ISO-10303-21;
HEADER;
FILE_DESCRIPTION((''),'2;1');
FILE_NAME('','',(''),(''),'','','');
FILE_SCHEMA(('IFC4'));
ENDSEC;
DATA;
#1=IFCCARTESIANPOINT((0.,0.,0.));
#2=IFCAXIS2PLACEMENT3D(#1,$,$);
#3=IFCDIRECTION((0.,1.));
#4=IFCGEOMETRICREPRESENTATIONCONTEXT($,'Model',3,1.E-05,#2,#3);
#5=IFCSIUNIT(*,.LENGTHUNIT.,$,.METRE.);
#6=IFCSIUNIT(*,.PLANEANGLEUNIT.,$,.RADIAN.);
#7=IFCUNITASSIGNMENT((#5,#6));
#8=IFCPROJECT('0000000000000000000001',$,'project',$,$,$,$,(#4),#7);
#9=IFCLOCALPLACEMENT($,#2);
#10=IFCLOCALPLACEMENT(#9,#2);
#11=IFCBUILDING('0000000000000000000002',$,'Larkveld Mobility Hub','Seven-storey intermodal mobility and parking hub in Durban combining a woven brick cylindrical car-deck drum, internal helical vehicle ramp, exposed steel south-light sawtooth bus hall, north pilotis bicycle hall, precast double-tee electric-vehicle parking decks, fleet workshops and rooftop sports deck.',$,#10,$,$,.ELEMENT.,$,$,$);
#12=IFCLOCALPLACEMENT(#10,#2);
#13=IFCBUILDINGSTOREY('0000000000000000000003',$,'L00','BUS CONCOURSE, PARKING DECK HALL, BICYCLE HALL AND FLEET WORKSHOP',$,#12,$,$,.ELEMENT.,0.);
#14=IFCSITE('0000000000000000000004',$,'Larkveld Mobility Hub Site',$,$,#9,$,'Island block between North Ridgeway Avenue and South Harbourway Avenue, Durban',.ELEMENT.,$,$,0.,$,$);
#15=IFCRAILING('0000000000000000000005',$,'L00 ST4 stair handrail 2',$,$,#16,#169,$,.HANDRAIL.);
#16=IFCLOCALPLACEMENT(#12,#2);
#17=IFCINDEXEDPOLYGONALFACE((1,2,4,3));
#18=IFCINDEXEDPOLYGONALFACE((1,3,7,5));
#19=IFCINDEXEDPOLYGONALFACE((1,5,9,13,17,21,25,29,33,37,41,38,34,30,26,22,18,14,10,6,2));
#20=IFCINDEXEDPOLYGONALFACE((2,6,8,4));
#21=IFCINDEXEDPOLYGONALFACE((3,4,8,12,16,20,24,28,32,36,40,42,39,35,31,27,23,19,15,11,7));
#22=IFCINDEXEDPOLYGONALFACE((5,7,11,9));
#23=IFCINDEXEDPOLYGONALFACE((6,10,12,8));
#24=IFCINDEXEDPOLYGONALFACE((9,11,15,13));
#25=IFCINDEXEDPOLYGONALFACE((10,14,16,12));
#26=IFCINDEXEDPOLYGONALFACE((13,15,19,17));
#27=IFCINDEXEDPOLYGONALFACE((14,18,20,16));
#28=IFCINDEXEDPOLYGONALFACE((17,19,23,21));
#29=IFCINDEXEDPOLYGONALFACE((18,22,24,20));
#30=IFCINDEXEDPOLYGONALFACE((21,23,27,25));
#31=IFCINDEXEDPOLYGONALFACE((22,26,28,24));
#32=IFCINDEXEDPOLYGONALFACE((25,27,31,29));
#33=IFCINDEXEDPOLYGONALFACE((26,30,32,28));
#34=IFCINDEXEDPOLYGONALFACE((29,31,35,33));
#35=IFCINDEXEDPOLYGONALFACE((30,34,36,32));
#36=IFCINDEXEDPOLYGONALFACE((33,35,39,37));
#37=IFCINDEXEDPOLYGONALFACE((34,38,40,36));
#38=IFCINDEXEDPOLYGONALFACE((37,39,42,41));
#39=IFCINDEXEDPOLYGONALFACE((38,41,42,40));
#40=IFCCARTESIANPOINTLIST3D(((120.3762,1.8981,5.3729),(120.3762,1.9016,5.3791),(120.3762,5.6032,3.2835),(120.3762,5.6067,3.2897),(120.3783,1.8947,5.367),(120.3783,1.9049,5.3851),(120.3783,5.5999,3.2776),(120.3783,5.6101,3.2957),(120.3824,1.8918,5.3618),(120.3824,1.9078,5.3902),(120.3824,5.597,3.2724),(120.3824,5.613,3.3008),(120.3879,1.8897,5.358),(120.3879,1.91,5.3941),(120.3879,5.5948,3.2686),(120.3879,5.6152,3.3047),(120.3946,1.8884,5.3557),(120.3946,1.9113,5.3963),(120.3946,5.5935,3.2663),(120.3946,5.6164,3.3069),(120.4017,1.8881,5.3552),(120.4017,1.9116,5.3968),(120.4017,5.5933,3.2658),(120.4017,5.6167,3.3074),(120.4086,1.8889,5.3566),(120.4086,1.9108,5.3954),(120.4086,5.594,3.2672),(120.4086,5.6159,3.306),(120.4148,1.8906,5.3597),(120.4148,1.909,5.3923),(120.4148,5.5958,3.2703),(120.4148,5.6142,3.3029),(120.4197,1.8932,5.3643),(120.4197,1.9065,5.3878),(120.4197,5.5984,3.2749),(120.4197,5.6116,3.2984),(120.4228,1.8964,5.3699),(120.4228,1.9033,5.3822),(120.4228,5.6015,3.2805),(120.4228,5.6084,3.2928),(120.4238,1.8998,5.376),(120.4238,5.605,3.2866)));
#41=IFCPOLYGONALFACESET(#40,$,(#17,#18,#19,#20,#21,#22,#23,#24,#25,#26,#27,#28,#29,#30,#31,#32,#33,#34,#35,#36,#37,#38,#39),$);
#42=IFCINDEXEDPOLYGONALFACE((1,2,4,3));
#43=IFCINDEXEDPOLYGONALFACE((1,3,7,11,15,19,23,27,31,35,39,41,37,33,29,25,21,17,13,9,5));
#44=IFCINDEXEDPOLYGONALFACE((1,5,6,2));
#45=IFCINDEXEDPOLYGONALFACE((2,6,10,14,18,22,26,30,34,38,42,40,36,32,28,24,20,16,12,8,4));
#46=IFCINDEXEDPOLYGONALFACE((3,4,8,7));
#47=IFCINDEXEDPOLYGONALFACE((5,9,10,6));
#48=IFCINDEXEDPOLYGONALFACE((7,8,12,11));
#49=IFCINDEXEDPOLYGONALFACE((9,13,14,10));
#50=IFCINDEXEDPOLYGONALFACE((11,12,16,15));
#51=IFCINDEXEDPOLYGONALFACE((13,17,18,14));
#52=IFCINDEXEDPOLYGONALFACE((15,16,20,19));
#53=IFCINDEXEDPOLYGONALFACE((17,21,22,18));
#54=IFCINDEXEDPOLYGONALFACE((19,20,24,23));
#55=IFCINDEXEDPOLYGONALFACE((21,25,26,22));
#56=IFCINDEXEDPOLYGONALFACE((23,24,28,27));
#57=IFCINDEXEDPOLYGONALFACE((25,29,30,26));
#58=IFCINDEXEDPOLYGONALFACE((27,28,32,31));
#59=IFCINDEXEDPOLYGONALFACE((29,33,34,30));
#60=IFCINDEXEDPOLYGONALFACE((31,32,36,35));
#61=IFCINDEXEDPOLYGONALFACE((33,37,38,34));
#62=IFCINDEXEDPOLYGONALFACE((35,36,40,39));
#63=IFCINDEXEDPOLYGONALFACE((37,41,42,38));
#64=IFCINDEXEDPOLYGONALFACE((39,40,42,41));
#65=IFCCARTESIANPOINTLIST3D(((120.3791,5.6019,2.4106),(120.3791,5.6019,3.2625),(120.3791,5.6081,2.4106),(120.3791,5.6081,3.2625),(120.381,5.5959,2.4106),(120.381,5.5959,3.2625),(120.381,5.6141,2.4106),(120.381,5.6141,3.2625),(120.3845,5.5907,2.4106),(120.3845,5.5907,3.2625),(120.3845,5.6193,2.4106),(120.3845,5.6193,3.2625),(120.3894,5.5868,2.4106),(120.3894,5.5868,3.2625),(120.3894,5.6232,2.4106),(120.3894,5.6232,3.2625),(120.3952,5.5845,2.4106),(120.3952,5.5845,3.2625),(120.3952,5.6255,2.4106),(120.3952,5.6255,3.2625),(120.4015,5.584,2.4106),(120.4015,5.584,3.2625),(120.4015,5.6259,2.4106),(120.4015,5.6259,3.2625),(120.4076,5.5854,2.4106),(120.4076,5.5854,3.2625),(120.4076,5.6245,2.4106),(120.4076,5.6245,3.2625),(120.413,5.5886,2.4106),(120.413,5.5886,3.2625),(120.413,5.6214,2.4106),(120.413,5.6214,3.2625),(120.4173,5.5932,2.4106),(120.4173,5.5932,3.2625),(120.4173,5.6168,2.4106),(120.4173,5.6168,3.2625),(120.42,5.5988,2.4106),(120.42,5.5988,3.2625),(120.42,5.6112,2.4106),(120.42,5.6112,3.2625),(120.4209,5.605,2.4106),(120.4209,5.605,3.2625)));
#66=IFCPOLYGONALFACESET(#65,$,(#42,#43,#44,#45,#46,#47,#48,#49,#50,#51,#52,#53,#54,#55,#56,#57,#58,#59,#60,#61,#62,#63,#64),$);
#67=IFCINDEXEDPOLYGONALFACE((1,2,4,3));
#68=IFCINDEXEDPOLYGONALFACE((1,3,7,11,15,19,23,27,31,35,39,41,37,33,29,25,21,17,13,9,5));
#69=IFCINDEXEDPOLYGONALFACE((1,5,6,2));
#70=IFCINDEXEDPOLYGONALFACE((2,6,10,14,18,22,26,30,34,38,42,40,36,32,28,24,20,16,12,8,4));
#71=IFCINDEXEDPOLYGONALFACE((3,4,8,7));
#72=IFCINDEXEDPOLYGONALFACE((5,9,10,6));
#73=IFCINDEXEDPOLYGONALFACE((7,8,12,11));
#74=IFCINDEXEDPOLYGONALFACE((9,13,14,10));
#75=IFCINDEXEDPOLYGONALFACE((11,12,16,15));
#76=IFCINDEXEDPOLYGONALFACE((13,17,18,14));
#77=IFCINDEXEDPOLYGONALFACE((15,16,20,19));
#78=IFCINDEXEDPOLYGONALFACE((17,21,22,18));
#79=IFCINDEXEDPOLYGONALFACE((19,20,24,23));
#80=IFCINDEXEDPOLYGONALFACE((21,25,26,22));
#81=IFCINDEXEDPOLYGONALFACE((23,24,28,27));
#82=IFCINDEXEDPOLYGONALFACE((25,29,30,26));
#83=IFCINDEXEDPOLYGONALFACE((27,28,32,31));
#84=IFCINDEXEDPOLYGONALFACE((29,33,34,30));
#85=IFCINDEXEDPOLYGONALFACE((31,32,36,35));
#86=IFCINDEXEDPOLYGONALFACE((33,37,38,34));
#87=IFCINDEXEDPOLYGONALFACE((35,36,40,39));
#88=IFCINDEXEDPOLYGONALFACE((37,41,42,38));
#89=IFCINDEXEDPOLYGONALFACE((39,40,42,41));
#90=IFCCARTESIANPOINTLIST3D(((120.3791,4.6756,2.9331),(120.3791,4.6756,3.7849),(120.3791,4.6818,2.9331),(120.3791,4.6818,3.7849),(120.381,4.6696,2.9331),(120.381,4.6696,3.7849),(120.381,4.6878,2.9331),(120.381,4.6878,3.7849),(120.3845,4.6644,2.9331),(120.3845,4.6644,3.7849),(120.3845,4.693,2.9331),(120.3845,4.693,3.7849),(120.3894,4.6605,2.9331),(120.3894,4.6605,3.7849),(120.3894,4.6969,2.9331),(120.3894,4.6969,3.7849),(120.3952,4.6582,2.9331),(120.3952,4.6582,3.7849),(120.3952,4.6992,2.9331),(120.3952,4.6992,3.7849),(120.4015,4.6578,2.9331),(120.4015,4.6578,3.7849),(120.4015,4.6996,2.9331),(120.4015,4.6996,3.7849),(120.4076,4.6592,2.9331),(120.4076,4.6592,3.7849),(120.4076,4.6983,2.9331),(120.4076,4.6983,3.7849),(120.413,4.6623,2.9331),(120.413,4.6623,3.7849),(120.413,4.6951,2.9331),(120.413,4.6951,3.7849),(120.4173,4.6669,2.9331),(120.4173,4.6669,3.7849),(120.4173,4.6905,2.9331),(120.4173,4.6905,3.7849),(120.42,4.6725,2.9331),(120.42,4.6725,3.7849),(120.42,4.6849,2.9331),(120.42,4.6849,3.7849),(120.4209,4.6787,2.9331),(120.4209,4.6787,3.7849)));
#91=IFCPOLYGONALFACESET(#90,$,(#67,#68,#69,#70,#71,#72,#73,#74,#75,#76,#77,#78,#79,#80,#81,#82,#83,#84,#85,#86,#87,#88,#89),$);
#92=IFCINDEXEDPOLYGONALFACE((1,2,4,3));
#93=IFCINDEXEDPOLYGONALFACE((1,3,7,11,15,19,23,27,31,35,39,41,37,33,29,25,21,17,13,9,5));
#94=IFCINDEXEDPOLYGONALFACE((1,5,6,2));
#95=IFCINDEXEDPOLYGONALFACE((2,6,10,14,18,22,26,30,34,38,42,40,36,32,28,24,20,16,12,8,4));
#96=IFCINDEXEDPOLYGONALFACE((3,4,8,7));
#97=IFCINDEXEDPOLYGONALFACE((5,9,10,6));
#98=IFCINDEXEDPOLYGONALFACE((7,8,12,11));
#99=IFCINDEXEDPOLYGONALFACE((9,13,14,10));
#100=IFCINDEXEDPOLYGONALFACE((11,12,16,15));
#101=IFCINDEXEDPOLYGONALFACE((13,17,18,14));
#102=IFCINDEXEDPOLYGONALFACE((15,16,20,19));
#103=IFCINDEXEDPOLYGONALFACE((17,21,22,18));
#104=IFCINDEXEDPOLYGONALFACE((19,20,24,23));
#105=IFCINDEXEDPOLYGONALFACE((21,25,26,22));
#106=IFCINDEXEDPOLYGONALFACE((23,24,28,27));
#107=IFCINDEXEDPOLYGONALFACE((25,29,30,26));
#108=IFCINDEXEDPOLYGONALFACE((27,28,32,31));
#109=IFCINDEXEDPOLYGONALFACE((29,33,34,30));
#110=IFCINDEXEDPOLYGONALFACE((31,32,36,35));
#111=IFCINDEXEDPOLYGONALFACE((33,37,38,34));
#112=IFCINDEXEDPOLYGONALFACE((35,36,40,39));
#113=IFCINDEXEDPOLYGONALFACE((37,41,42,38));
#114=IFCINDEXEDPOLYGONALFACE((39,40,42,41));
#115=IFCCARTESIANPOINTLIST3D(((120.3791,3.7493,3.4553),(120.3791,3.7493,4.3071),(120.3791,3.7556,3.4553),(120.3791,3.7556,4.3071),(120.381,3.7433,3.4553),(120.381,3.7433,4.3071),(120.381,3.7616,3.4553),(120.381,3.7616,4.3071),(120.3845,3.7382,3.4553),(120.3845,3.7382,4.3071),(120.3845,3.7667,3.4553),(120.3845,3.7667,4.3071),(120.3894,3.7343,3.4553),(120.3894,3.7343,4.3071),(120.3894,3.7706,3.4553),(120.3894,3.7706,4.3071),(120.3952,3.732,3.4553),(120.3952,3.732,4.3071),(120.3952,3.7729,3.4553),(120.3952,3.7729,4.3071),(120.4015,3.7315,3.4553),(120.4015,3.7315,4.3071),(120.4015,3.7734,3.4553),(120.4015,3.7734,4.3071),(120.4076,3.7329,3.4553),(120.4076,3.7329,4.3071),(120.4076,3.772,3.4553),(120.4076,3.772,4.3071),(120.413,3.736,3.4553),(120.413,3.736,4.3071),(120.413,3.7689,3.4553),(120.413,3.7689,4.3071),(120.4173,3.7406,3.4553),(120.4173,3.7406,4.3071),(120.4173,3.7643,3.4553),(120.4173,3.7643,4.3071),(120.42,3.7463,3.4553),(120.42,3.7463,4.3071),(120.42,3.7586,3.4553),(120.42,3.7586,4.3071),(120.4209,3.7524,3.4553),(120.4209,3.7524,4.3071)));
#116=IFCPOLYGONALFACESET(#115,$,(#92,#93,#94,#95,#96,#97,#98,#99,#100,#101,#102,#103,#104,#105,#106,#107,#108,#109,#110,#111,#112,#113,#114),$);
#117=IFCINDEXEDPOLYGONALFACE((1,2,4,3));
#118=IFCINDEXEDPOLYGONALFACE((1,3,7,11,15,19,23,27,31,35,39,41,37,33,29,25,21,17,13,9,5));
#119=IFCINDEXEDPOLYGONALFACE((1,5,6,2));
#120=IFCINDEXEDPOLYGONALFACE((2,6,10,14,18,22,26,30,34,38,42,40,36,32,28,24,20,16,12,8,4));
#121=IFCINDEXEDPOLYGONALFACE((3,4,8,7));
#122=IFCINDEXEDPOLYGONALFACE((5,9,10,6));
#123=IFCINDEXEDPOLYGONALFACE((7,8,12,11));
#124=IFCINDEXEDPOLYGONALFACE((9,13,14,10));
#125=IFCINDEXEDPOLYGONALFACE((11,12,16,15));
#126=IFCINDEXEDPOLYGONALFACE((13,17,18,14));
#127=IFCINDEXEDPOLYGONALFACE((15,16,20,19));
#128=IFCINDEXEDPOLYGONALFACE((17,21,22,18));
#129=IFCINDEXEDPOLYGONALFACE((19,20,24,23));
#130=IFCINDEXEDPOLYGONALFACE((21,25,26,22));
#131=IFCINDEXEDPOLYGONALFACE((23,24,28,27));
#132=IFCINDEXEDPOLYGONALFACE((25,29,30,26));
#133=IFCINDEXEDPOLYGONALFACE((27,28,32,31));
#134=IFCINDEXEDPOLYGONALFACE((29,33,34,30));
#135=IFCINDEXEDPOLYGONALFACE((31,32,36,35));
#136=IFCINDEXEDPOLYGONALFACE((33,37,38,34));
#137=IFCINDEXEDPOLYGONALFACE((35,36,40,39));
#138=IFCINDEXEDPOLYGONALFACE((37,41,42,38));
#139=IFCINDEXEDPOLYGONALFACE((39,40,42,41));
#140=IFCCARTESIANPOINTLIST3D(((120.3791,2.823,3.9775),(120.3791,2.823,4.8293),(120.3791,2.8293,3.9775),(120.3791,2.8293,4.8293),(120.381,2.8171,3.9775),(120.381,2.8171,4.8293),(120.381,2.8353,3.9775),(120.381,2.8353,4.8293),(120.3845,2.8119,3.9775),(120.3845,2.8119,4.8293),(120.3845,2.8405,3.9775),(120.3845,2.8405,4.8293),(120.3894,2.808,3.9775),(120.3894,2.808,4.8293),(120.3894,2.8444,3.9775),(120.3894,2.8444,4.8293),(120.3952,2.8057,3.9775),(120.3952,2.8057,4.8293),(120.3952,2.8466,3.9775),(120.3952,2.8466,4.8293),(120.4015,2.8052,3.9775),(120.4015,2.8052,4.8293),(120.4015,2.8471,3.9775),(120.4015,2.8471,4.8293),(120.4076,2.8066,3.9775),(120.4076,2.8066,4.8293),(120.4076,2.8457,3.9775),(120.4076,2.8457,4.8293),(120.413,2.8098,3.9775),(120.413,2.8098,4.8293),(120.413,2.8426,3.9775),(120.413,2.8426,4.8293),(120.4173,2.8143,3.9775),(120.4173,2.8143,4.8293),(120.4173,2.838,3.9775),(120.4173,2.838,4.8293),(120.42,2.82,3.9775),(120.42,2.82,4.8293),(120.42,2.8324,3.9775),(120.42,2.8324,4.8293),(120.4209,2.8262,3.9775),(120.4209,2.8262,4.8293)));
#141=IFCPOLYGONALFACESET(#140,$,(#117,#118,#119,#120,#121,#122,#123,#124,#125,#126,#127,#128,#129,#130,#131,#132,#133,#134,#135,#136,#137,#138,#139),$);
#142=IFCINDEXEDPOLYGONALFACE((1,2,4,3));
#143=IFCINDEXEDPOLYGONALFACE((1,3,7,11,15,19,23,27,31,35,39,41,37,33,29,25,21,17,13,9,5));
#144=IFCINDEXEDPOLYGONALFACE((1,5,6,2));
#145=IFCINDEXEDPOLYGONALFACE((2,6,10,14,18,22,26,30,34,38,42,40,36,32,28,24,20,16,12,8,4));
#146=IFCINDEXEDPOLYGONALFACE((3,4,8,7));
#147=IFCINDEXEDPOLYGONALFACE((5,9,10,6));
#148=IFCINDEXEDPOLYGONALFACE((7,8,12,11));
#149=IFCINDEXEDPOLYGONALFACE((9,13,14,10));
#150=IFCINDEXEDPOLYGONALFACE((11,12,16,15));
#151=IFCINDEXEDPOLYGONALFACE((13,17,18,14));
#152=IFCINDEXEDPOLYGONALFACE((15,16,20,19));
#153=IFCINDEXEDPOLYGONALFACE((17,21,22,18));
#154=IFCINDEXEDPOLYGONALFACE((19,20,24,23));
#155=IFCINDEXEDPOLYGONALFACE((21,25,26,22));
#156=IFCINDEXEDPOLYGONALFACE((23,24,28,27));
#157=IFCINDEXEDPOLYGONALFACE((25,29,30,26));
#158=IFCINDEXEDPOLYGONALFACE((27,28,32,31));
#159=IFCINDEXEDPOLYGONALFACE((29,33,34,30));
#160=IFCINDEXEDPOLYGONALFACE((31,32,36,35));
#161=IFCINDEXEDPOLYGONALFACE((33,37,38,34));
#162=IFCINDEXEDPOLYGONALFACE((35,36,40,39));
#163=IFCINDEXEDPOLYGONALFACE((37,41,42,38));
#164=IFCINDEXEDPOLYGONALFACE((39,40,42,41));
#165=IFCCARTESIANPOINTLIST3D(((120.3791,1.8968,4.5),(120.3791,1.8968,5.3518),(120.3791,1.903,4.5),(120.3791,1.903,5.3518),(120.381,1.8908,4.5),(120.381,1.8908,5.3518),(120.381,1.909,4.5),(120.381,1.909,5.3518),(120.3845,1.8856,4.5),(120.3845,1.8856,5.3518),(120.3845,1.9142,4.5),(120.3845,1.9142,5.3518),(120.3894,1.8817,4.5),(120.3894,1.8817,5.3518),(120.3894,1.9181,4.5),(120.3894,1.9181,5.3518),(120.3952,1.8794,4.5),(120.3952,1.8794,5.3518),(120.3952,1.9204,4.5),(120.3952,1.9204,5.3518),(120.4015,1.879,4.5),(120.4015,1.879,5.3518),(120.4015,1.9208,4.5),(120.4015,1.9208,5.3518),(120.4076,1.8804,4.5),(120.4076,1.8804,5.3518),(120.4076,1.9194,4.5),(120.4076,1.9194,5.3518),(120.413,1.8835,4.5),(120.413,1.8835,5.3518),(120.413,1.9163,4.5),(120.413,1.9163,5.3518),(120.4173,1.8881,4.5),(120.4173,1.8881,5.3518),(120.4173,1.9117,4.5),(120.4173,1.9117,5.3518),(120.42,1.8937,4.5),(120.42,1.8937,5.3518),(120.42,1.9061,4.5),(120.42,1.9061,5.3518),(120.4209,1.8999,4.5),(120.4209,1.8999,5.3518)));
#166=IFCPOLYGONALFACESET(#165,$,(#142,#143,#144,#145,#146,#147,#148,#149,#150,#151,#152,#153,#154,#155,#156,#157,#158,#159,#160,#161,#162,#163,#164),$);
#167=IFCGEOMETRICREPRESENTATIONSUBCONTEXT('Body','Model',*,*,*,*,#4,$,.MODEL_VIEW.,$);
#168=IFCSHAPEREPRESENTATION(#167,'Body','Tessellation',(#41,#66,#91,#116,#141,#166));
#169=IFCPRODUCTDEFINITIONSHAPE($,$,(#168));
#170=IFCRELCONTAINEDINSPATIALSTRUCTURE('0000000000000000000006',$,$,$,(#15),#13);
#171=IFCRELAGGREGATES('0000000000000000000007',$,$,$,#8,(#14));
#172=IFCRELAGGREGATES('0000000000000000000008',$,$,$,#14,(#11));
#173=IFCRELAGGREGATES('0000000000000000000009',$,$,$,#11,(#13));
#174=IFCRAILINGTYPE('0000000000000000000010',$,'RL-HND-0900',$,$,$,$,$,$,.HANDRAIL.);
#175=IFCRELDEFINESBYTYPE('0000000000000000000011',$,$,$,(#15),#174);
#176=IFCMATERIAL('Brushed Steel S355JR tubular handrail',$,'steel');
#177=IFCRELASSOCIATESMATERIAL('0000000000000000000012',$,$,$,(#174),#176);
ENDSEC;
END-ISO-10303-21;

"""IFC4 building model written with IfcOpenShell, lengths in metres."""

from ifc_helpers import new_model, si_unit, direction, frame, origin, origin_2d, place, context, subcontext, project, spatial, circle, extrude, material, type_object, element, save


model = new_model("IFC4")

# Units and contexts
model_context = context("Model", 3, precision=1e-05, world=origin(), true_north=direction((0.0, 1.0)))
body_context = subcontext(model_context, "Body", "Model", "MODEL_VIEW")
ifc_project = project(units=[si_unit("LENGTHUNIT", "METRE"), si_unit("PLANEANGLEUNIT", "RADIAN")], contexts=[model_context])

# Site, building, storey
site_placement = place(None, origin())
site = spatial("IfcSite", under=ifc_project, at=site_placement, Name="Larkveld Mobility Hub Site", LongName="Island block between North Ridgeway Avenue and South Harbourway Avenue, Durban", CompositionType="ELEMENT", RefElevation=0.0)
building_placement = place(site_placement, origin())
building = spatial("IfcBuilding", under=site, at=building_placement, Name="Larkveld Mobility Hub", Description="Seven-storey intermodal mobility and parking hub in Durban combining a woven brick cylindrical car-deck drum, internal helical vehicle ramp, exposed steel south-light sawtooth bus hall, north pilotis bicycle hall, precast double-tee electric-vehicle parking decks, fleet workshops and rooftop sports deck.", CompositionType="ELEMENT")
storey_placement = place(building_placement, origin())
storey = spatial("IfcBuildingStorey", under=building, at=storey_placement, Name="L00", Description="BUS CONCOURSE, PARKING DECK HALL, BICYCLE HALL AND FLEET WORKSHOP", CompositionType="ELEMENT", Elevation=0.0)

# Railing
ifc_material_1 = material(Name="Brushed Steel S355JR tubular handrail", Category="steel")
railing_type_1 = type_object("IfcRailingType", Name="RL-HND-0900", PredefinedType="HANDRAIL", material=ifc_material_1)
railing_1_placement = place(storey_placement, frame((120.3999, 5.605, 2.4106)))
element("IfcRailing", 1, at=railing_1_placement, inside=storey, type_object=railing_type_1, Name="L00 ST4 stair handrail 2", PredefinedType="HANDRAIL", context=body_context, shape_type="SweptSolid", body=[
    extrude(circle(Radius=0.0239, at=origin_2d()), frame((0.0, 0.0, 0.876), z_axis=(0.0, -0.871048, 0.491198), x_axis=(1.0, 0.0, 0.0)), (0.0, 0.0, 1.0), 4.2537),
    extrude(circle(Radius=0.021, at=origin_2d()), origin(), (0.0, 0.0, 1.0), 0.8518),
    extrude(circle(Radius=0.021, at=origin_2d()), frame((0.0, -0.9263, 0.5225)), (0.0, 0.0, 1.0), 0.8518),
    extrude(circle(Radius=0.021, at=origin_2d()), frame((0.0, -1.8525, 1.0447)), (0.0, 0.0, 1.0), 0.8518),
    extrude(circle(Radius=0.021, at=origin_2d()), frame((0.0, -2.7788, 1.5669)), (0.0, 0.0, 1.0), 0.8518),
    extrude(circle(Radius=0.021, at=origin_2d()), frame((0.0, -3.7051, 2.0894)), (0.0, 0.0, 1.0), 0.8518),
])

save(model, "model.ifc")
